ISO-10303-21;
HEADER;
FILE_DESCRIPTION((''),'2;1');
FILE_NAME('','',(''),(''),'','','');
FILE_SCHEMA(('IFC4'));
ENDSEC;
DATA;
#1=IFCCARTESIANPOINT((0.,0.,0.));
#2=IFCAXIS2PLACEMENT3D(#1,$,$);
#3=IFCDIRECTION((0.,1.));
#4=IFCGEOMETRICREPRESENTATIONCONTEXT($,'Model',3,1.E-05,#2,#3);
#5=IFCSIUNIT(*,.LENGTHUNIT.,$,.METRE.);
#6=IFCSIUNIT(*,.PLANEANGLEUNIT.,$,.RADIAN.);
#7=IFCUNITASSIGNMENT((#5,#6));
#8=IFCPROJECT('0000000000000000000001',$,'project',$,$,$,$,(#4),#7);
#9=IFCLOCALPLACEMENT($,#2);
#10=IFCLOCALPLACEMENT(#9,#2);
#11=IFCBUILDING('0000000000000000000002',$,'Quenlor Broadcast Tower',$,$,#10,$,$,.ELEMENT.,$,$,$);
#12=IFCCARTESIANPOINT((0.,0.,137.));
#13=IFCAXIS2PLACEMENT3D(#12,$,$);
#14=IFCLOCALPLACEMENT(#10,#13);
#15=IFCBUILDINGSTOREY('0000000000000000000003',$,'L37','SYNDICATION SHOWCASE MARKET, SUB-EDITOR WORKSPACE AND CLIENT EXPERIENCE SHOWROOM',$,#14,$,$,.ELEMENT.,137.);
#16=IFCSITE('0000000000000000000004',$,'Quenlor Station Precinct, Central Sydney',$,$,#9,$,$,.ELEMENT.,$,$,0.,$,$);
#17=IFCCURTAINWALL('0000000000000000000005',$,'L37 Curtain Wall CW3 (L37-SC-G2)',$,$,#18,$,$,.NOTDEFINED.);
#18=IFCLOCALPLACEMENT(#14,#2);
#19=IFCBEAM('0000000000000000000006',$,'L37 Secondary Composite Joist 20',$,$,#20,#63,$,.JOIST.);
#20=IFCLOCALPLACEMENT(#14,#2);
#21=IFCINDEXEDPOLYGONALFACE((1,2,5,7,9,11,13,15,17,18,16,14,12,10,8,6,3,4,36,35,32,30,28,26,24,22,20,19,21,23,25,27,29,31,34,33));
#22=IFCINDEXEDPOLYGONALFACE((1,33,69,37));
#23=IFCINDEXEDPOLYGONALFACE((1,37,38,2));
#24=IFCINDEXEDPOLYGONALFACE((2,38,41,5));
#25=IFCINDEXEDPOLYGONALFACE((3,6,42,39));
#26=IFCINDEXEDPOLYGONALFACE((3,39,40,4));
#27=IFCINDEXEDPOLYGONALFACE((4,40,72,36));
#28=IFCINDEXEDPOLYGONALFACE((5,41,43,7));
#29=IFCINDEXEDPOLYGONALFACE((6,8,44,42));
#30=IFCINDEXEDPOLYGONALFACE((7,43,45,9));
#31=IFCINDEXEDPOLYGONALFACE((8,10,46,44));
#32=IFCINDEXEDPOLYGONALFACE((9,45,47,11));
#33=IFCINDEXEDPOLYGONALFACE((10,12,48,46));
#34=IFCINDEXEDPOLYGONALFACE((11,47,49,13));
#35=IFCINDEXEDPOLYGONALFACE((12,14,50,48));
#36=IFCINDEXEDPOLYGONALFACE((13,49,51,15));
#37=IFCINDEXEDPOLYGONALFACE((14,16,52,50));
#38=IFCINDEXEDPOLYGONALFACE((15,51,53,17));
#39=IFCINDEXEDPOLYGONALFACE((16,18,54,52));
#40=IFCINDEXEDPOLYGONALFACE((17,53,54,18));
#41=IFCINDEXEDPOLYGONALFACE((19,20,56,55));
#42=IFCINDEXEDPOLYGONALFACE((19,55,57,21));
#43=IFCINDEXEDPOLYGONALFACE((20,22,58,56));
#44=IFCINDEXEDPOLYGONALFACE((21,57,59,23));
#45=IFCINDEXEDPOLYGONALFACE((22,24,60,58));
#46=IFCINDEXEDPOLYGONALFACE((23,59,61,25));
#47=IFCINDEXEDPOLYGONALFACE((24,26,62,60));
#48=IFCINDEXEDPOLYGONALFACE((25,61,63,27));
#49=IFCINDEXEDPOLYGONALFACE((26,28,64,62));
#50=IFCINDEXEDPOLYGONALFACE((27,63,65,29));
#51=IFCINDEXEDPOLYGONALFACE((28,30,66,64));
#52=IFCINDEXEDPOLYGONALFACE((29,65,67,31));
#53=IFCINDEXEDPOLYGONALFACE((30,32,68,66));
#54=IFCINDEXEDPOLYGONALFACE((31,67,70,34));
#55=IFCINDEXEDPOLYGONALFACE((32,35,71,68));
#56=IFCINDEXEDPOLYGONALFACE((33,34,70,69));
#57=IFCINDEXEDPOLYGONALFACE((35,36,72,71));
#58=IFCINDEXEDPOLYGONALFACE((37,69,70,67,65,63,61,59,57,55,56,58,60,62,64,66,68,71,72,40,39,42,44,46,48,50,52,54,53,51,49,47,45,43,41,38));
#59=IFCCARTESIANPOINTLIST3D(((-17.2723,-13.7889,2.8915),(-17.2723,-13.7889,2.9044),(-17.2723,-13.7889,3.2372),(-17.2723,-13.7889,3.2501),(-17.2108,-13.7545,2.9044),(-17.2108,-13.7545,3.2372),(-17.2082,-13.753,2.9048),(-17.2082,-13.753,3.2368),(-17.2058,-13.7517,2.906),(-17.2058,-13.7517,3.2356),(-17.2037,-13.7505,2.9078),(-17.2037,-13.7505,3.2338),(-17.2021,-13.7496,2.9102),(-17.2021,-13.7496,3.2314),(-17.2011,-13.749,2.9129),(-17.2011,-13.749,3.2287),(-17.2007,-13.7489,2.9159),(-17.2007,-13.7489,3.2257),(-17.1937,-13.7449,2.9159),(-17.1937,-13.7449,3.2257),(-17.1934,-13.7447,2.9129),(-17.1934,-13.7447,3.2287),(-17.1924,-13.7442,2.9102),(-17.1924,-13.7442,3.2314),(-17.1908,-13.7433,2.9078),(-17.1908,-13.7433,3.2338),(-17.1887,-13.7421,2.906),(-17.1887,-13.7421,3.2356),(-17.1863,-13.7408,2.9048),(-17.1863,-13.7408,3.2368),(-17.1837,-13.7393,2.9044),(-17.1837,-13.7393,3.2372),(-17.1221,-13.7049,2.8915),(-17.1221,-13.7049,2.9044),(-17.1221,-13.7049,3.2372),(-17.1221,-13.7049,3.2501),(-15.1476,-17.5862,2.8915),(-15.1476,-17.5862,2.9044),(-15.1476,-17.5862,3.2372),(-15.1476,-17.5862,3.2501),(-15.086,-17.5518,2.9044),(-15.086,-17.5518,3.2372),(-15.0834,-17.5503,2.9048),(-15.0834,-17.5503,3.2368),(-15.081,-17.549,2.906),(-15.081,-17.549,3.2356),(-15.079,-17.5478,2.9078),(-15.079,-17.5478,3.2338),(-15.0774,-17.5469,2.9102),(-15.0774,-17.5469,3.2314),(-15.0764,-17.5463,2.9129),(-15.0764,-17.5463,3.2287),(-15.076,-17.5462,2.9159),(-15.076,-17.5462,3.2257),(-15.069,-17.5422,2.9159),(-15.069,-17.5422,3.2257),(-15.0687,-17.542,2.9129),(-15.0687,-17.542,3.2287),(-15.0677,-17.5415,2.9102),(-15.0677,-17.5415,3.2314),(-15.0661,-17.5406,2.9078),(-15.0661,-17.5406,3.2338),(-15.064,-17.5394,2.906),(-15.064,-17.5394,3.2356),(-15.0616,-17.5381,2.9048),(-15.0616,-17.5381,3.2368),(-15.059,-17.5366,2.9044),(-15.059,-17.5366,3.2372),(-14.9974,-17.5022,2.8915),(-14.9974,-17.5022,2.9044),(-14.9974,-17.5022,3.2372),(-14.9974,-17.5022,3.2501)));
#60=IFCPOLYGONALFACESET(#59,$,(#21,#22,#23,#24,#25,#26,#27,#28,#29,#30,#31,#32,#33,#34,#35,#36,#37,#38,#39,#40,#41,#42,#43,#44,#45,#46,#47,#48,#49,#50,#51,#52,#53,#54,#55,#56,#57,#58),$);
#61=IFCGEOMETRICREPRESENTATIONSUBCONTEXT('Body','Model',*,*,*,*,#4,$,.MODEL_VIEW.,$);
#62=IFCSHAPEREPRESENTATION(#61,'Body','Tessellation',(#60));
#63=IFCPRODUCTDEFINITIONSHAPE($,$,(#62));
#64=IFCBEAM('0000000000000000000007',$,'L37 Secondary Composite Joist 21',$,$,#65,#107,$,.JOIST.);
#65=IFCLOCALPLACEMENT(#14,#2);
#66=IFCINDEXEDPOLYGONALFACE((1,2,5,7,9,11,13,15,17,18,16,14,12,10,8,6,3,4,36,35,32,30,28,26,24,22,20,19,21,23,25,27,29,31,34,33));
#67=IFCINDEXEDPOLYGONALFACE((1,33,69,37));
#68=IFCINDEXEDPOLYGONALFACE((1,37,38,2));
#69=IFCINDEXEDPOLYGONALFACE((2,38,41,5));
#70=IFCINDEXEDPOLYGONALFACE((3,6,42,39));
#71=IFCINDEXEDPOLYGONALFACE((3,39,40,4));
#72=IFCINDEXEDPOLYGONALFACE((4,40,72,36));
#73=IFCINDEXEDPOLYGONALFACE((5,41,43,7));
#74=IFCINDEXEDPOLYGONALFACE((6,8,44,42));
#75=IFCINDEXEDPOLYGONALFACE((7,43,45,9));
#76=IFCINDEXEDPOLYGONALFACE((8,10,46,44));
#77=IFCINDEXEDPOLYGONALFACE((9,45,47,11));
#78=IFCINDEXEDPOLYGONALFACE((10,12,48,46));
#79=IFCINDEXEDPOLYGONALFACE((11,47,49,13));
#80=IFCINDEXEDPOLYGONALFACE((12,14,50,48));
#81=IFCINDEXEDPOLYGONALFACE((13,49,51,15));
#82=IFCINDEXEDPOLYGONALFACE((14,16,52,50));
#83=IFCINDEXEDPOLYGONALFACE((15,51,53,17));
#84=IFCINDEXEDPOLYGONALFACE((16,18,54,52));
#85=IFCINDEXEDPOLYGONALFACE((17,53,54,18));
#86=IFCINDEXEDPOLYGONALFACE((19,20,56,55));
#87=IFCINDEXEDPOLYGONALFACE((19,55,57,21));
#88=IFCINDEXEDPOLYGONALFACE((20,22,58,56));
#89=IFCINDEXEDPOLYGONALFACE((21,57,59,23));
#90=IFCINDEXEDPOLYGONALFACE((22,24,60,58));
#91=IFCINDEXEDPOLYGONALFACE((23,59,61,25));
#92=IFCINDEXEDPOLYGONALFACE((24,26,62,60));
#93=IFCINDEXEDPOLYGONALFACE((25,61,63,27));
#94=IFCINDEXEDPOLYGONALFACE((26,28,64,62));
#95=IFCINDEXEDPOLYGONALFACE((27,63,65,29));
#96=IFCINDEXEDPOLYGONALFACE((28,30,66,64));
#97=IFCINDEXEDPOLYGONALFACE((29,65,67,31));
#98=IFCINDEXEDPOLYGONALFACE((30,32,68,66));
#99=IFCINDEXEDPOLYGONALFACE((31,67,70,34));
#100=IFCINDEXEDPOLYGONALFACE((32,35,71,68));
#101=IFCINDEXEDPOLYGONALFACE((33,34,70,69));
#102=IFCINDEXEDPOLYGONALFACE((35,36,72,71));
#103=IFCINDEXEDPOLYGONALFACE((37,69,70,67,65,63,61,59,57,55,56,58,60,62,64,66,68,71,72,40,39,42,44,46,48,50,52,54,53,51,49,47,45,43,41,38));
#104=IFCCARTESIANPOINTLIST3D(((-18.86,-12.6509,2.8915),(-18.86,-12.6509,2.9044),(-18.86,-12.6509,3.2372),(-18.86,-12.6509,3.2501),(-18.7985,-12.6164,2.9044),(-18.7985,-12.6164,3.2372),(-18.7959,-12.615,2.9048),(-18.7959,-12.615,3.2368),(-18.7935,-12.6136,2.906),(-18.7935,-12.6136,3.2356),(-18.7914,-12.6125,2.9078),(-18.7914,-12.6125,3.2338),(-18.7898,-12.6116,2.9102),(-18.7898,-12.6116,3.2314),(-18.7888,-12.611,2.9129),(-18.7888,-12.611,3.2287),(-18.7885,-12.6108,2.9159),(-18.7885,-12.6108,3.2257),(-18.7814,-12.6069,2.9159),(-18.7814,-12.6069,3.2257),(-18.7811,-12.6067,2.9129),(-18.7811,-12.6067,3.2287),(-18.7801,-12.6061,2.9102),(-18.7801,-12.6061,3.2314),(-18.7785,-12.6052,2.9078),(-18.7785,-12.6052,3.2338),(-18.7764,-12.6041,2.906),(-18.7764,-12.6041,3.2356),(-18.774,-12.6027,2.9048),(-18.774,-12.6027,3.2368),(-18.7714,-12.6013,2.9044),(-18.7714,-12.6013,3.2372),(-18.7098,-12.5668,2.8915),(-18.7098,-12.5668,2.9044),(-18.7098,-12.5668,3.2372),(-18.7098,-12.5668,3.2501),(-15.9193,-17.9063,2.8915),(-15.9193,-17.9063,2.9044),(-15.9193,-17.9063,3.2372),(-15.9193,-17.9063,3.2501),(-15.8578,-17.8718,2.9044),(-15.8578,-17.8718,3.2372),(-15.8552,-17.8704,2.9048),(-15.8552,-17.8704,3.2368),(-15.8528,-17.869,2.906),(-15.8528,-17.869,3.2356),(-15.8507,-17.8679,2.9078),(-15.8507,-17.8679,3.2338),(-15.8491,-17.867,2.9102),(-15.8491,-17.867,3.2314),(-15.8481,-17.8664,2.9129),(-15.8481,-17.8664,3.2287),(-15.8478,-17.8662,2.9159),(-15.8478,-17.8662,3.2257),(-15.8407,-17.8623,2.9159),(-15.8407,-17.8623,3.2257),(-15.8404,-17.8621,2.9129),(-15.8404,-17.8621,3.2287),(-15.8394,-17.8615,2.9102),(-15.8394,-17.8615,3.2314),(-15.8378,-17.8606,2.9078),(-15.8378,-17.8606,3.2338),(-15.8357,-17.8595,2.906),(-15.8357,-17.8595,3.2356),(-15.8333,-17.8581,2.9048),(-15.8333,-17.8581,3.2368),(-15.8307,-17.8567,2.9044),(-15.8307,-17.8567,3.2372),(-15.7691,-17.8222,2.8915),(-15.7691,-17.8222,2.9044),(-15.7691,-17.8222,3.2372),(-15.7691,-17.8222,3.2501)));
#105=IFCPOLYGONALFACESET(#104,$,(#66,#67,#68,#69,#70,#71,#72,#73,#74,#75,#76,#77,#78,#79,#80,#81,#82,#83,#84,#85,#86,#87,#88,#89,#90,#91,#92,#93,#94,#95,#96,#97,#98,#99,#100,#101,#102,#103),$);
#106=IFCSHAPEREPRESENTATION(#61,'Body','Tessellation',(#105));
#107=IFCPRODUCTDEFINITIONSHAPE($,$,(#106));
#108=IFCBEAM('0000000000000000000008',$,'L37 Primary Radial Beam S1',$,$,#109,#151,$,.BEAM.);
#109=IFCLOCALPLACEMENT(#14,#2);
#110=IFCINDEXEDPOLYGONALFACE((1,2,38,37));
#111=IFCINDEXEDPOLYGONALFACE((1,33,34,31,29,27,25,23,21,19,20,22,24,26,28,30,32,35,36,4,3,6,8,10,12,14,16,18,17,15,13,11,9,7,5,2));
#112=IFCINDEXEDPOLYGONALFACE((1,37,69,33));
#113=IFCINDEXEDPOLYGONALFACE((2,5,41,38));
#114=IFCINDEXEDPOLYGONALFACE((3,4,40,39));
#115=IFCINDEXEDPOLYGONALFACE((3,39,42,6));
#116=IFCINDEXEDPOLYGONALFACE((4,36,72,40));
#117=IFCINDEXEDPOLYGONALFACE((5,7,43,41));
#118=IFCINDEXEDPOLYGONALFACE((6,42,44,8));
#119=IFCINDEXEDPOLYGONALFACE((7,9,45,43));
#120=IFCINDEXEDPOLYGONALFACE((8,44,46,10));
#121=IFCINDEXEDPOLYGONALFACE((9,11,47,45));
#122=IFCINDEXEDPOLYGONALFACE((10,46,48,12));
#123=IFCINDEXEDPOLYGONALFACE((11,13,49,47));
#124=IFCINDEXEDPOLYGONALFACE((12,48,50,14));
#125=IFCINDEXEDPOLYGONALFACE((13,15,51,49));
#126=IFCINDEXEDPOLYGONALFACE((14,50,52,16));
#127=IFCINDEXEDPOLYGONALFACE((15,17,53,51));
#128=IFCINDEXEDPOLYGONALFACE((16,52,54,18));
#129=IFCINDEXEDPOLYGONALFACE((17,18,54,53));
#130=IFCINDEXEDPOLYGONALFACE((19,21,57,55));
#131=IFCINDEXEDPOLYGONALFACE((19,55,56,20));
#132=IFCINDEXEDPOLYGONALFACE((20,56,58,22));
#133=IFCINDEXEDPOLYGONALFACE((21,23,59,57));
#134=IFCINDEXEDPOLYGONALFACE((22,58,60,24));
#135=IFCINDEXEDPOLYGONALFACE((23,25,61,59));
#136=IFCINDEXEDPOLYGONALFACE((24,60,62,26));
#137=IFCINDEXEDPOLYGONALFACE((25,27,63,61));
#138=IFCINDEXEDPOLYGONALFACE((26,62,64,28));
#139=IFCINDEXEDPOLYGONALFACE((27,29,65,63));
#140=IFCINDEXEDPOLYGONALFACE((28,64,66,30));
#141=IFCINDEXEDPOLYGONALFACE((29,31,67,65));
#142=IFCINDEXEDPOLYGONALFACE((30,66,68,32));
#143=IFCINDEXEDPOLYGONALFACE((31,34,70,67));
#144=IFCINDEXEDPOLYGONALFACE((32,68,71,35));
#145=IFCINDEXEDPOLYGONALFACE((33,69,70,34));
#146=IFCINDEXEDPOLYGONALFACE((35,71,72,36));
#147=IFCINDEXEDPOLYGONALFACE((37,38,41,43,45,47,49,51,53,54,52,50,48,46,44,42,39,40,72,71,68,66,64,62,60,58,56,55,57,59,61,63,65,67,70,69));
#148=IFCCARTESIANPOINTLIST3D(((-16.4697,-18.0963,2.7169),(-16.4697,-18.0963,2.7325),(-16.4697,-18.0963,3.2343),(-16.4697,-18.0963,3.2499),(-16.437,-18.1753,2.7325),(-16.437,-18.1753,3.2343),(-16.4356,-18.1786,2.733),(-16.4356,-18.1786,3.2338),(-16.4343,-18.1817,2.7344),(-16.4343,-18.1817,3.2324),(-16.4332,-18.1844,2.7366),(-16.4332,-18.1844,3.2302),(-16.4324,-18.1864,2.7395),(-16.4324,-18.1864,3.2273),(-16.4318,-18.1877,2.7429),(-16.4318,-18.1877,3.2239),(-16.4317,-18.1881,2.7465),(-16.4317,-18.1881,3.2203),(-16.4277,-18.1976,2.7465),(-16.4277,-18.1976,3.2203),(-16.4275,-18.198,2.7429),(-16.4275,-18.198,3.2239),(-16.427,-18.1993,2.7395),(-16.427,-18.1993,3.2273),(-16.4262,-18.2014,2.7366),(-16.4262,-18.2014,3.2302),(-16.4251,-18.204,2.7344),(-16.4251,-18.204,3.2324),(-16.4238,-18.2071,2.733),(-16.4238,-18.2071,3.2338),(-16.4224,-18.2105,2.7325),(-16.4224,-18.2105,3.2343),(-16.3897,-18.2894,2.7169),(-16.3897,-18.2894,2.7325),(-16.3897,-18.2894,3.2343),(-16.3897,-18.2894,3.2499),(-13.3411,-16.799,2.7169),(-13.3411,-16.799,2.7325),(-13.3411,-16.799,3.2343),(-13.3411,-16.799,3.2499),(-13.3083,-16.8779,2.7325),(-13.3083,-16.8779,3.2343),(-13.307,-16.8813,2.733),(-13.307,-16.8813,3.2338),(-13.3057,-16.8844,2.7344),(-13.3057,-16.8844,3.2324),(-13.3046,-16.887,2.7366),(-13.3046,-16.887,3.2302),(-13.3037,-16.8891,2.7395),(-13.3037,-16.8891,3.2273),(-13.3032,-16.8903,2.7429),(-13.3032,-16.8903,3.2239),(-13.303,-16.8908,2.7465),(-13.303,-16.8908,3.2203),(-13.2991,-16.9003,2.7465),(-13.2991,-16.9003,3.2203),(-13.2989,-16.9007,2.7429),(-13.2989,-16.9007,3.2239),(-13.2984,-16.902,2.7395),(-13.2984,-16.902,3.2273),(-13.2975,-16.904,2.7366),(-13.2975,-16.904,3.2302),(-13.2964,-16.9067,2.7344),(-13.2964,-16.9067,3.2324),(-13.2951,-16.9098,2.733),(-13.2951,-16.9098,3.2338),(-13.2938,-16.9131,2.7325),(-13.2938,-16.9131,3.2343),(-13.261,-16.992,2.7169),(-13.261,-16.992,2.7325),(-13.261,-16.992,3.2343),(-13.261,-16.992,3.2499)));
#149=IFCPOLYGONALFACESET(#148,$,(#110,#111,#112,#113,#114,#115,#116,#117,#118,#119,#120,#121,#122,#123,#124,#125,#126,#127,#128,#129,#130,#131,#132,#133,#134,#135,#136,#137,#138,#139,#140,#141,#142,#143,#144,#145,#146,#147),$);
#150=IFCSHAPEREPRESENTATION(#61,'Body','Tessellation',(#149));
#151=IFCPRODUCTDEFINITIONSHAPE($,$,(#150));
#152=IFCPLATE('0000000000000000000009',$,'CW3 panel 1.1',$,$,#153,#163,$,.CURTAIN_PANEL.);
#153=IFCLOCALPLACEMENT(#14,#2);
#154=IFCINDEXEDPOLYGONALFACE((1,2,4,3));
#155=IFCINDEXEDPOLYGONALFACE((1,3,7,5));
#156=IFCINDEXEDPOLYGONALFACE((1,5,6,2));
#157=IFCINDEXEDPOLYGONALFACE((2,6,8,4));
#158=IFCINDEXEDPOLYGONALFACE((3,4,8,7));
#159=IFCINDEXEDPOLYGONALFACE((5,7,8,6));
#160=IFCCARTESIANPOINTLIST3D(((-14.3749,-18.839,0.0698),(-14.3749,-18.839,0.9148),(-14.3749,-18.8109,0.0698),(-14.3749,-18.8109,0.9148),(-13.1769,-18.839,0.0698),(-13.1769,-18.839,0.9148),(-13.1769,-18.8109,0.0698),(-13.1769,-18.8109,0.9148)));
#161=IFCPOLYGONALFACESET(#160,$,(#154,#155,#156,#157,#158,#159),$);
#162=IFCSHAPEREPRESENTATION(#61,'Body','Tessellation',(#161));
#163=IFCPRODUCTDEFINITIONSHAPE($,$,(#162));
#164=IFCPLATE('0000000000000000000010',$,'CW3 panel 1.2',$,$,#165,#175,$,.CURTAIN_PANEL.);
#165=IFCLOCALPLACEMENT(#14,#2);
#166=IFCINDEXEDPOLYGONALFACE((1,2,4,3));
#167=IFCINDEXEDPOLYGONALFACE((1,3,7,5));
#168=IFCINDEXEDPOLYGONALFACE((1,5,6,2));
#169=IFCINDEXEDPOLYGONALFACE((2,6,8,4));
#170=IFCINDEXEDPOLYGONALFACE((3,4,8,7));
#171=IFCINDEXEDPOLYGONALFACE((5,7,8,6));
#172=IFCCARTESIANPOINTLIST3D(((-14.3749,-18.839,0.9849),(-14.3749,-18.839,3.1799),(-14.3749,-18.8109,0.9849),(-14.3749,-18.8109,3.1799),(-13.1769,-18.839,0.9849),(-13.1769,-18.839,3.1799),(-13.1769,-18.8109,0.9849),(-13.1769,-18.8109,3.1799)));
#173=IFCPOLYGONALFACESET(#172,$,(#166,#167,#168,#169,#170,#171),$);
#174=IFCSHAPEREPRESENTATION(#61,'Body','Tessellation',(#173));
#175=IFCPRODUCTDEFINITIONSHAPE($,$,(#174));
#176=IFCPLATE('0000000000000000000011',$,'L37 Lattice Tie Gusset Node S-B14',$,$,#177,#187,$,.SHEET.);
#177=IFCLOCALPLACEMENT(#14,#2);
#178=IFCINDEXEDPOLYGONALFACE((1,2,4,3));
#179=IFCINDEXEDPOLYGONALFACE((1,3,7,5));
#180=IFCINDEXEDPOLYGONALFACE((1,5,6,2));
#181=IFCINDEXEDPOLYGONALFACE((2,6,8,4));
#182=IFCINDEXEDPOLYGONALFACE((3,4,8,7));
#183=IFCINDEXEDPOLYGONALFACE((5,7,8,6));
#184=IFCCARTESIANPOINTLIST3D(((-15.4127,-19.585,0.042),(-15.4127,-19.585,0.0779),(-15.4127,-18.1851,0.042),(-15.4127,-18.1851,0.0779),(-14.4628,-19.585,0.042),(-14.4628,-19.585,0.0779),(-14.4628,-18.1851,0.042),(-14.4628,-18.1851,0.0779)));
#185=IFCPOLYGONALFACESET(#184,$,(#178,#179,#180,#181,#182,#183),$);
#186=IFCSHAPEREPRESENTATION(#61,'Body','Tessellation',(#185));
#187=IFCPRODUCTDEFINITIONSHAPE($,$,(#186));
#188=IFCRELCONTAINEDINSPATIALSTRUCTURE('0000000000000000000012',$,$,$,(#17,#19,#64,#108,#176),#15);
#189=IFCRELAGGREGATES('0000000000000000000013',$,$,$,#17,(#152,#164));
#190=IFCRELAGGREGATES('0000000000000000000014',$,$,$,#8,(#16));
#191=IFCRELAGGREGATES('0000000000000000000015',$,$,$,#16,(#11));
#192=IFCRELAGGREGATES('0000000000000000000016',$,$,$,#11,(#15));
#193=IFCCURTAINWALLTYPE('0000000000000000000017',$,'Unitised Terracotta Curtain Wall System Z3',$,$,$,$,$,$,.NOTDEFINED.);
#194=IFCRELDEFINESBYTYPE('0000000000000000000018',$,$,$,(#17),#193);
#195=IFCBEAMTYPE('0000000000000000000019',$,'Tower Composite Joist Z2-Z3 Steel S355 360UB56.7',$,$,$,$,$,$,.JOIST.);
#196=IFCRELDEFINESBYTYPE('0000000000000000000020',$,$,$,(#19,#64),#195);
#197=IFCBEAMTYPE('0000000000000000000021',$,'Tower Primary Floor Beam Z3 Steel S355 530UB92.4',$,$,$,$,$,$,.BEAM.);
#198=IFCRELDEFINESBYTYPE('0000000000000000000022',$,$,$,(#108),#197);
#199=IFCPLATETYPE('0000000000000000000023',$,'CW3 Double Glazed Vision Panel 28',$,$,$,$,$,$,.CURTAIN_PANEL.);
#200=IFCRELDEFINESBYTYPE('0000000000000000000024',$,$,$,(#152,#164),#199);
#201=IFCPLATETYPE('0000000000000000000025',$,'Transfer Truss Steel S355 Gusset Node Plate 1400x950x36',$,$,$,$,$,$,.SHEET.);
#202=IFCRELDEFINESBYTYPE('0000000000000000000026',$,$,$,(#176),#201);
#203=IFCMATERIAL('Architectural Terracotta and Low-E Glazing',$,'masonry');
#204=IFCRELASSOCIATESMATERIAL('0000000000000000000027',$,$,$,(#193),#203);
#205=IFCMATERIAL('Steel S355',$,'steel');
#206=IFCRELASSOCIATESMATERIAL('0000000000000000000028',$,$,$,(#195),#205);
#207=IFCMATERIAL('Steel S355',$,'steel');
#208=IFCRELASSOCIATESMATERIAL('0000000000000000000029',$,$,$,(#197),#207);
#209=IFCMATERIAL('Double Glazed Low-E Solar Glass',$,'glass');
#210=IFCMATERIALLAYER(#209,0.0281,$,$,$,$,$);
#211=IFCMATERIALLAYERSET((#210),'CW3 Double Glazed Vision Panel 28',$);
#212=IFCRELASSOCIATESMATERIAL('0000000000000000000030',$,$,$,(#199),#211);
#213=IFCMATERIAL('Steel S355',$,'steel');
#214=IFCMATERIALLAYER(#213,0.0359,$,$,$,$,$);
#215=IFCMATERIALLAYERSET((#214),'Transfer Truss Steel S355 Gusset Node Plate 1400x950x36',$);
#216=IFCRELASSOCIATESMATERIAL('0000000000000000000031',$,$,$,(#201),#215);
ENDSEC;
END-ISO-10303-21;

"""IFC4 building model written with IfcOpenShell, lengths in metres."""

from ifc_helpers import new_model, si_unit, direction, frame, origin, origin_2d, place, context, subcontext, project, spatial, rectangle, i_section, extrude, material, layer, layer_set, material_profile, profile_set, type_object, element, aggregate, save


model = new_model("IFC4")

# Units and contexts
model_context = context("Model", 3, precision=1e-05, world=origin(), true_north=direction((0.0, 1.0)))
body_context = subcontext(model_context, "Body", "Model", "MODEL_VIEW")
ifc_project = project(units=[si_unit("LENGTHUNIT", "METRE"), si_unit("PLANEANGLEUNIT", "RADIAN")], contexts=[model_context])

# Site, building, storey
site_placement = place(None, origin())
site = spatial("IfcSite", under=ifc_project, at=site_placement, Name="Quenlor Station Precinct, Central Sydney", CompositionType="ELEMENT", RefElevation=0.0)
building_placement = place(site_placement, origin())
building = spatial("IfcBuilding", under=site, at=building_placement, Name="Quenlor Broadcast Tower", CompositionType="ELEMENT")
storey_placement = place(building_placement, frame((0.0, 0.0, 137.0)))
storey = spatial("IfcBuildingStorey", under=building, at=storey_placement, Name="L37", Description="SYNDICATION SHOWCASE MARKET, SUB-EDITOR WORKSPACE AND CLIENT EXPERIENCE SHOWROOM", CompositionType="ELEMENT", Elevation=137.0)

# Curtain wall
ifc_material_1 = material(Name="Architectural Terracotta and Low-E Glazing", Category="masonry")
curtain_wall_type = type_object("IfcCurtainWallType", Name="Unitised Terracotta Curtain Wall System Z3", PredefinedType="NOTDEFINED", material=ifc_material_1)
curtain_wall_placement = place(storey_placement, origin())
curtain_wall = element("IfcCurtainWall", 1, at=curtain_wall_placement, inside=storey, type_object=curtain_wall_type, Name="L37 Curtain Wall CW3 (L37-SC-G2)", PredefinedType="NOTDEFINED")

# Beams
ifc_material_2 = material(Name="Steel S355", Category="steel")
ifc_material_profile_1 = material_profile(ifc_material_2, i_section(OverallWidth=0.1721, OverallDepth=0.3586, WebThickness=0.0081, FlangeThickness=0.0129, FilletRadius=0.0115, at=origin_2d()))
ifc_profile_set_1 = profile_set([ifc_material_profile_1], Name="Steel S355 360UB56.7")
beam_type_1 = type_object("IfcBeamType", Name="Tower Composite Joist Z2-Z3 Steel S355 360UB56.7", PredefinedType="JOIST", material=ifc_profile_set_1)
beam_1_placement = place(storey_placement, frame((-15.0725, -17.5442, 3.0708), z_axis=(-0.488294, 0.872679, 0.0), x_axis=(-0.872679, -0.488294, 0.0)))
element("IfcBeam", 2, at=beam_1_placement, inside=storey, type_object=beam_type_1, Name="L37 Secondary Composite Joist 20", PredefinedType="JOIST", context=body_context, shape_type="SweptSolid", body=[
    extrude(i_section(OverallWidth=0.1721, OverallDepth=0.3586, WebThickness=0.0081, FlangeThickness=0.0129, FilletRadius=0.0115, at=origin_2d()), origin(), (0.0, 0.0, 1.0), 4.3513),
])
beam_2_placement = place(storey_placement, frame((-15.8442, -17.8643, 3.0708), z_axis=(-0.488308, 0.872671, 0.0), x_axis=(-0.872671, -0.488308, 0.0)))
element("IfcBeam", 3, at=beam_2_placement, inside=storey, type_object=beam_type_1, Name="L37 Secondary Composite Joist 21", PredefinedType="JOIST", context=body_context, shape_type="SweptSolid", body=[
    extrude(i_section(OverallWidth=0.1721, OverallDepth=0.3586, WebThickness=0.0081, FlangeThickness=0.0129, FilletRadius=0.0115, at=origin_2d()), origin(), (0.0, 0.0, 1.0), 6.0222),
])
ifc_material_3 = material(Name="Steel S355", Category="steel")
ifc_material_profile_2 = material_profile(ifc_material_3, i_section(OverallWidth=0.209, OverallDepth=0.533, WebThickness=0.0103, FlangeThickness=0.0156, FilletRadius=0.0139, at=origin_2d()))
ifc_profile_set_2 = profile_set([ifc_material_profile_2], Name="Steel S355 530UB92.4")
beam_type_2 = type_object("IfcBeamType", Name="Tower Primary Floor Beam Z3 Steel S355 530UB92.4", PredefinedType="BEAM", material=ifc_profile_set_2)
beam_3_placement = place(storey_placement, frame((-16.4297, -18.1929, 2.9834), z_axis=(0.92373, 0.383044, 0.0), x_axis=(-0.383044, 0.92373, 0.0)))
element("IfcBeam", 4, at=beam_3_placement, inside=storey, type_object=beam_type_2, Name="L37 Primary Radial Beam S1", PredefinedType="BEAM", context=body_context, shape_type="SweptSolid", body=[
    extrude(i_section(OverallWidth=0.209, OverallDepth=0.533, WebThickness=0.0103, FlangeThickness=0.0156, FilletRadius=0.0139, at=origin_2d()), origin(), (0.0, 0.0, 1.0), 3.387),
])

# Plates
ifc_material_4 = material(Name="Double Glazed Low-E Solar Glass", Category="glass")
ifc_layer_1 = layer(ifc_material_4, 0.0281)
ifc_layer_set_1 = layer_set([ifc_layer_1], Name="CW3 Double Glazed Vision Panel 28")
plate_type_1 = type_object("IfcPlateType", Name="CW3 Double Glazed Vision Panel 28", PredefinedType="CURTAIN_PANEL", material=ifc_layer_set_1)
plate_1_placement = place(storey_placement, frame((-13.7759, -18.825, 0.0698), z_axis=(0.0, 0.0, 1.0), x_axis=(-1.0, 0.0, 0.0)))
plate_1 = element("IfcPlate", 5, at=plate_1_placement, type_object=plate_type_1, Name="CW3 panel 1.1", PredefinedType="CURTAIN_PANEL", context=body_context, shape_type="SweptSolid", body=[
    extrude(rectangle(XDim=1.198, YDim=0.0281, at=origin_2d()), origin(), (0.0, 0.0, 1.0), 0.845),
])
plate_2_placement = place(storey_placement, frame((-13.7759, -18.825, 0.9849), z_axis=(0.0, 0.0, 1.0), x_axis=(-1.0, 0.0, 0.0)))
plate_2 = element("IfcPlate", 6, at=plate_2_placement, type_object=plate_type_1, Name="CW3 panel 1.2", PredefinedType="CURTAIN_PANEL", context=body_context, shape_type="SweptSolid", body=[
    extrude(rectangle(XDim=1.198, YDim=0.0281, at=origin_2d()), origin(), (0.0, 0.0, 1.0), 2.1951),
])
aggregate(curtain_wall, [plate_1, plate_2])

# Plate
ifc_material_5 = material(Name="Steel S355", Category="steel")
ifc_layer_2 = layer(ifc_material_5, 0.0359)
ifc_layer_set_2 = layer_set([ifc_layer_2], Name="Transfer Truss Steel S355 Gusset Node Plate 1400x950x36")
plate_type_2 = type_object("IfcPlateType", Name="Transfer Truss Steel S355 Gusset Node Plate 1400x950x36", PredefinedType="SHEET", material=ifc_layer_set_2)
for number, where, z_axis, x_axis, name in (
    (7, (-14.9377, -18.885, 0.042), (0.0, 0.0, 1.0), (0.0, -1.0, 0.0), "L37 Lattice Tie Gusset Node S-B14"),
):
    element("IfcPlate", number, at=place(storey_placement, frame(where, z_axis=z_axis, x_axis=x_axis)), inside=storey, type_object=plate_type_2, Name=name, PredefinedType="SHEET", context=body_context, shape_type="SweptSolid", body=[
        extrude(rectangle(XDim=1.3999, YDim=0.95, at=origin_2d()), origin(), (0.0, 0.0, 1.0), 0.0359),
    ])

save(model, "model.ifc")
